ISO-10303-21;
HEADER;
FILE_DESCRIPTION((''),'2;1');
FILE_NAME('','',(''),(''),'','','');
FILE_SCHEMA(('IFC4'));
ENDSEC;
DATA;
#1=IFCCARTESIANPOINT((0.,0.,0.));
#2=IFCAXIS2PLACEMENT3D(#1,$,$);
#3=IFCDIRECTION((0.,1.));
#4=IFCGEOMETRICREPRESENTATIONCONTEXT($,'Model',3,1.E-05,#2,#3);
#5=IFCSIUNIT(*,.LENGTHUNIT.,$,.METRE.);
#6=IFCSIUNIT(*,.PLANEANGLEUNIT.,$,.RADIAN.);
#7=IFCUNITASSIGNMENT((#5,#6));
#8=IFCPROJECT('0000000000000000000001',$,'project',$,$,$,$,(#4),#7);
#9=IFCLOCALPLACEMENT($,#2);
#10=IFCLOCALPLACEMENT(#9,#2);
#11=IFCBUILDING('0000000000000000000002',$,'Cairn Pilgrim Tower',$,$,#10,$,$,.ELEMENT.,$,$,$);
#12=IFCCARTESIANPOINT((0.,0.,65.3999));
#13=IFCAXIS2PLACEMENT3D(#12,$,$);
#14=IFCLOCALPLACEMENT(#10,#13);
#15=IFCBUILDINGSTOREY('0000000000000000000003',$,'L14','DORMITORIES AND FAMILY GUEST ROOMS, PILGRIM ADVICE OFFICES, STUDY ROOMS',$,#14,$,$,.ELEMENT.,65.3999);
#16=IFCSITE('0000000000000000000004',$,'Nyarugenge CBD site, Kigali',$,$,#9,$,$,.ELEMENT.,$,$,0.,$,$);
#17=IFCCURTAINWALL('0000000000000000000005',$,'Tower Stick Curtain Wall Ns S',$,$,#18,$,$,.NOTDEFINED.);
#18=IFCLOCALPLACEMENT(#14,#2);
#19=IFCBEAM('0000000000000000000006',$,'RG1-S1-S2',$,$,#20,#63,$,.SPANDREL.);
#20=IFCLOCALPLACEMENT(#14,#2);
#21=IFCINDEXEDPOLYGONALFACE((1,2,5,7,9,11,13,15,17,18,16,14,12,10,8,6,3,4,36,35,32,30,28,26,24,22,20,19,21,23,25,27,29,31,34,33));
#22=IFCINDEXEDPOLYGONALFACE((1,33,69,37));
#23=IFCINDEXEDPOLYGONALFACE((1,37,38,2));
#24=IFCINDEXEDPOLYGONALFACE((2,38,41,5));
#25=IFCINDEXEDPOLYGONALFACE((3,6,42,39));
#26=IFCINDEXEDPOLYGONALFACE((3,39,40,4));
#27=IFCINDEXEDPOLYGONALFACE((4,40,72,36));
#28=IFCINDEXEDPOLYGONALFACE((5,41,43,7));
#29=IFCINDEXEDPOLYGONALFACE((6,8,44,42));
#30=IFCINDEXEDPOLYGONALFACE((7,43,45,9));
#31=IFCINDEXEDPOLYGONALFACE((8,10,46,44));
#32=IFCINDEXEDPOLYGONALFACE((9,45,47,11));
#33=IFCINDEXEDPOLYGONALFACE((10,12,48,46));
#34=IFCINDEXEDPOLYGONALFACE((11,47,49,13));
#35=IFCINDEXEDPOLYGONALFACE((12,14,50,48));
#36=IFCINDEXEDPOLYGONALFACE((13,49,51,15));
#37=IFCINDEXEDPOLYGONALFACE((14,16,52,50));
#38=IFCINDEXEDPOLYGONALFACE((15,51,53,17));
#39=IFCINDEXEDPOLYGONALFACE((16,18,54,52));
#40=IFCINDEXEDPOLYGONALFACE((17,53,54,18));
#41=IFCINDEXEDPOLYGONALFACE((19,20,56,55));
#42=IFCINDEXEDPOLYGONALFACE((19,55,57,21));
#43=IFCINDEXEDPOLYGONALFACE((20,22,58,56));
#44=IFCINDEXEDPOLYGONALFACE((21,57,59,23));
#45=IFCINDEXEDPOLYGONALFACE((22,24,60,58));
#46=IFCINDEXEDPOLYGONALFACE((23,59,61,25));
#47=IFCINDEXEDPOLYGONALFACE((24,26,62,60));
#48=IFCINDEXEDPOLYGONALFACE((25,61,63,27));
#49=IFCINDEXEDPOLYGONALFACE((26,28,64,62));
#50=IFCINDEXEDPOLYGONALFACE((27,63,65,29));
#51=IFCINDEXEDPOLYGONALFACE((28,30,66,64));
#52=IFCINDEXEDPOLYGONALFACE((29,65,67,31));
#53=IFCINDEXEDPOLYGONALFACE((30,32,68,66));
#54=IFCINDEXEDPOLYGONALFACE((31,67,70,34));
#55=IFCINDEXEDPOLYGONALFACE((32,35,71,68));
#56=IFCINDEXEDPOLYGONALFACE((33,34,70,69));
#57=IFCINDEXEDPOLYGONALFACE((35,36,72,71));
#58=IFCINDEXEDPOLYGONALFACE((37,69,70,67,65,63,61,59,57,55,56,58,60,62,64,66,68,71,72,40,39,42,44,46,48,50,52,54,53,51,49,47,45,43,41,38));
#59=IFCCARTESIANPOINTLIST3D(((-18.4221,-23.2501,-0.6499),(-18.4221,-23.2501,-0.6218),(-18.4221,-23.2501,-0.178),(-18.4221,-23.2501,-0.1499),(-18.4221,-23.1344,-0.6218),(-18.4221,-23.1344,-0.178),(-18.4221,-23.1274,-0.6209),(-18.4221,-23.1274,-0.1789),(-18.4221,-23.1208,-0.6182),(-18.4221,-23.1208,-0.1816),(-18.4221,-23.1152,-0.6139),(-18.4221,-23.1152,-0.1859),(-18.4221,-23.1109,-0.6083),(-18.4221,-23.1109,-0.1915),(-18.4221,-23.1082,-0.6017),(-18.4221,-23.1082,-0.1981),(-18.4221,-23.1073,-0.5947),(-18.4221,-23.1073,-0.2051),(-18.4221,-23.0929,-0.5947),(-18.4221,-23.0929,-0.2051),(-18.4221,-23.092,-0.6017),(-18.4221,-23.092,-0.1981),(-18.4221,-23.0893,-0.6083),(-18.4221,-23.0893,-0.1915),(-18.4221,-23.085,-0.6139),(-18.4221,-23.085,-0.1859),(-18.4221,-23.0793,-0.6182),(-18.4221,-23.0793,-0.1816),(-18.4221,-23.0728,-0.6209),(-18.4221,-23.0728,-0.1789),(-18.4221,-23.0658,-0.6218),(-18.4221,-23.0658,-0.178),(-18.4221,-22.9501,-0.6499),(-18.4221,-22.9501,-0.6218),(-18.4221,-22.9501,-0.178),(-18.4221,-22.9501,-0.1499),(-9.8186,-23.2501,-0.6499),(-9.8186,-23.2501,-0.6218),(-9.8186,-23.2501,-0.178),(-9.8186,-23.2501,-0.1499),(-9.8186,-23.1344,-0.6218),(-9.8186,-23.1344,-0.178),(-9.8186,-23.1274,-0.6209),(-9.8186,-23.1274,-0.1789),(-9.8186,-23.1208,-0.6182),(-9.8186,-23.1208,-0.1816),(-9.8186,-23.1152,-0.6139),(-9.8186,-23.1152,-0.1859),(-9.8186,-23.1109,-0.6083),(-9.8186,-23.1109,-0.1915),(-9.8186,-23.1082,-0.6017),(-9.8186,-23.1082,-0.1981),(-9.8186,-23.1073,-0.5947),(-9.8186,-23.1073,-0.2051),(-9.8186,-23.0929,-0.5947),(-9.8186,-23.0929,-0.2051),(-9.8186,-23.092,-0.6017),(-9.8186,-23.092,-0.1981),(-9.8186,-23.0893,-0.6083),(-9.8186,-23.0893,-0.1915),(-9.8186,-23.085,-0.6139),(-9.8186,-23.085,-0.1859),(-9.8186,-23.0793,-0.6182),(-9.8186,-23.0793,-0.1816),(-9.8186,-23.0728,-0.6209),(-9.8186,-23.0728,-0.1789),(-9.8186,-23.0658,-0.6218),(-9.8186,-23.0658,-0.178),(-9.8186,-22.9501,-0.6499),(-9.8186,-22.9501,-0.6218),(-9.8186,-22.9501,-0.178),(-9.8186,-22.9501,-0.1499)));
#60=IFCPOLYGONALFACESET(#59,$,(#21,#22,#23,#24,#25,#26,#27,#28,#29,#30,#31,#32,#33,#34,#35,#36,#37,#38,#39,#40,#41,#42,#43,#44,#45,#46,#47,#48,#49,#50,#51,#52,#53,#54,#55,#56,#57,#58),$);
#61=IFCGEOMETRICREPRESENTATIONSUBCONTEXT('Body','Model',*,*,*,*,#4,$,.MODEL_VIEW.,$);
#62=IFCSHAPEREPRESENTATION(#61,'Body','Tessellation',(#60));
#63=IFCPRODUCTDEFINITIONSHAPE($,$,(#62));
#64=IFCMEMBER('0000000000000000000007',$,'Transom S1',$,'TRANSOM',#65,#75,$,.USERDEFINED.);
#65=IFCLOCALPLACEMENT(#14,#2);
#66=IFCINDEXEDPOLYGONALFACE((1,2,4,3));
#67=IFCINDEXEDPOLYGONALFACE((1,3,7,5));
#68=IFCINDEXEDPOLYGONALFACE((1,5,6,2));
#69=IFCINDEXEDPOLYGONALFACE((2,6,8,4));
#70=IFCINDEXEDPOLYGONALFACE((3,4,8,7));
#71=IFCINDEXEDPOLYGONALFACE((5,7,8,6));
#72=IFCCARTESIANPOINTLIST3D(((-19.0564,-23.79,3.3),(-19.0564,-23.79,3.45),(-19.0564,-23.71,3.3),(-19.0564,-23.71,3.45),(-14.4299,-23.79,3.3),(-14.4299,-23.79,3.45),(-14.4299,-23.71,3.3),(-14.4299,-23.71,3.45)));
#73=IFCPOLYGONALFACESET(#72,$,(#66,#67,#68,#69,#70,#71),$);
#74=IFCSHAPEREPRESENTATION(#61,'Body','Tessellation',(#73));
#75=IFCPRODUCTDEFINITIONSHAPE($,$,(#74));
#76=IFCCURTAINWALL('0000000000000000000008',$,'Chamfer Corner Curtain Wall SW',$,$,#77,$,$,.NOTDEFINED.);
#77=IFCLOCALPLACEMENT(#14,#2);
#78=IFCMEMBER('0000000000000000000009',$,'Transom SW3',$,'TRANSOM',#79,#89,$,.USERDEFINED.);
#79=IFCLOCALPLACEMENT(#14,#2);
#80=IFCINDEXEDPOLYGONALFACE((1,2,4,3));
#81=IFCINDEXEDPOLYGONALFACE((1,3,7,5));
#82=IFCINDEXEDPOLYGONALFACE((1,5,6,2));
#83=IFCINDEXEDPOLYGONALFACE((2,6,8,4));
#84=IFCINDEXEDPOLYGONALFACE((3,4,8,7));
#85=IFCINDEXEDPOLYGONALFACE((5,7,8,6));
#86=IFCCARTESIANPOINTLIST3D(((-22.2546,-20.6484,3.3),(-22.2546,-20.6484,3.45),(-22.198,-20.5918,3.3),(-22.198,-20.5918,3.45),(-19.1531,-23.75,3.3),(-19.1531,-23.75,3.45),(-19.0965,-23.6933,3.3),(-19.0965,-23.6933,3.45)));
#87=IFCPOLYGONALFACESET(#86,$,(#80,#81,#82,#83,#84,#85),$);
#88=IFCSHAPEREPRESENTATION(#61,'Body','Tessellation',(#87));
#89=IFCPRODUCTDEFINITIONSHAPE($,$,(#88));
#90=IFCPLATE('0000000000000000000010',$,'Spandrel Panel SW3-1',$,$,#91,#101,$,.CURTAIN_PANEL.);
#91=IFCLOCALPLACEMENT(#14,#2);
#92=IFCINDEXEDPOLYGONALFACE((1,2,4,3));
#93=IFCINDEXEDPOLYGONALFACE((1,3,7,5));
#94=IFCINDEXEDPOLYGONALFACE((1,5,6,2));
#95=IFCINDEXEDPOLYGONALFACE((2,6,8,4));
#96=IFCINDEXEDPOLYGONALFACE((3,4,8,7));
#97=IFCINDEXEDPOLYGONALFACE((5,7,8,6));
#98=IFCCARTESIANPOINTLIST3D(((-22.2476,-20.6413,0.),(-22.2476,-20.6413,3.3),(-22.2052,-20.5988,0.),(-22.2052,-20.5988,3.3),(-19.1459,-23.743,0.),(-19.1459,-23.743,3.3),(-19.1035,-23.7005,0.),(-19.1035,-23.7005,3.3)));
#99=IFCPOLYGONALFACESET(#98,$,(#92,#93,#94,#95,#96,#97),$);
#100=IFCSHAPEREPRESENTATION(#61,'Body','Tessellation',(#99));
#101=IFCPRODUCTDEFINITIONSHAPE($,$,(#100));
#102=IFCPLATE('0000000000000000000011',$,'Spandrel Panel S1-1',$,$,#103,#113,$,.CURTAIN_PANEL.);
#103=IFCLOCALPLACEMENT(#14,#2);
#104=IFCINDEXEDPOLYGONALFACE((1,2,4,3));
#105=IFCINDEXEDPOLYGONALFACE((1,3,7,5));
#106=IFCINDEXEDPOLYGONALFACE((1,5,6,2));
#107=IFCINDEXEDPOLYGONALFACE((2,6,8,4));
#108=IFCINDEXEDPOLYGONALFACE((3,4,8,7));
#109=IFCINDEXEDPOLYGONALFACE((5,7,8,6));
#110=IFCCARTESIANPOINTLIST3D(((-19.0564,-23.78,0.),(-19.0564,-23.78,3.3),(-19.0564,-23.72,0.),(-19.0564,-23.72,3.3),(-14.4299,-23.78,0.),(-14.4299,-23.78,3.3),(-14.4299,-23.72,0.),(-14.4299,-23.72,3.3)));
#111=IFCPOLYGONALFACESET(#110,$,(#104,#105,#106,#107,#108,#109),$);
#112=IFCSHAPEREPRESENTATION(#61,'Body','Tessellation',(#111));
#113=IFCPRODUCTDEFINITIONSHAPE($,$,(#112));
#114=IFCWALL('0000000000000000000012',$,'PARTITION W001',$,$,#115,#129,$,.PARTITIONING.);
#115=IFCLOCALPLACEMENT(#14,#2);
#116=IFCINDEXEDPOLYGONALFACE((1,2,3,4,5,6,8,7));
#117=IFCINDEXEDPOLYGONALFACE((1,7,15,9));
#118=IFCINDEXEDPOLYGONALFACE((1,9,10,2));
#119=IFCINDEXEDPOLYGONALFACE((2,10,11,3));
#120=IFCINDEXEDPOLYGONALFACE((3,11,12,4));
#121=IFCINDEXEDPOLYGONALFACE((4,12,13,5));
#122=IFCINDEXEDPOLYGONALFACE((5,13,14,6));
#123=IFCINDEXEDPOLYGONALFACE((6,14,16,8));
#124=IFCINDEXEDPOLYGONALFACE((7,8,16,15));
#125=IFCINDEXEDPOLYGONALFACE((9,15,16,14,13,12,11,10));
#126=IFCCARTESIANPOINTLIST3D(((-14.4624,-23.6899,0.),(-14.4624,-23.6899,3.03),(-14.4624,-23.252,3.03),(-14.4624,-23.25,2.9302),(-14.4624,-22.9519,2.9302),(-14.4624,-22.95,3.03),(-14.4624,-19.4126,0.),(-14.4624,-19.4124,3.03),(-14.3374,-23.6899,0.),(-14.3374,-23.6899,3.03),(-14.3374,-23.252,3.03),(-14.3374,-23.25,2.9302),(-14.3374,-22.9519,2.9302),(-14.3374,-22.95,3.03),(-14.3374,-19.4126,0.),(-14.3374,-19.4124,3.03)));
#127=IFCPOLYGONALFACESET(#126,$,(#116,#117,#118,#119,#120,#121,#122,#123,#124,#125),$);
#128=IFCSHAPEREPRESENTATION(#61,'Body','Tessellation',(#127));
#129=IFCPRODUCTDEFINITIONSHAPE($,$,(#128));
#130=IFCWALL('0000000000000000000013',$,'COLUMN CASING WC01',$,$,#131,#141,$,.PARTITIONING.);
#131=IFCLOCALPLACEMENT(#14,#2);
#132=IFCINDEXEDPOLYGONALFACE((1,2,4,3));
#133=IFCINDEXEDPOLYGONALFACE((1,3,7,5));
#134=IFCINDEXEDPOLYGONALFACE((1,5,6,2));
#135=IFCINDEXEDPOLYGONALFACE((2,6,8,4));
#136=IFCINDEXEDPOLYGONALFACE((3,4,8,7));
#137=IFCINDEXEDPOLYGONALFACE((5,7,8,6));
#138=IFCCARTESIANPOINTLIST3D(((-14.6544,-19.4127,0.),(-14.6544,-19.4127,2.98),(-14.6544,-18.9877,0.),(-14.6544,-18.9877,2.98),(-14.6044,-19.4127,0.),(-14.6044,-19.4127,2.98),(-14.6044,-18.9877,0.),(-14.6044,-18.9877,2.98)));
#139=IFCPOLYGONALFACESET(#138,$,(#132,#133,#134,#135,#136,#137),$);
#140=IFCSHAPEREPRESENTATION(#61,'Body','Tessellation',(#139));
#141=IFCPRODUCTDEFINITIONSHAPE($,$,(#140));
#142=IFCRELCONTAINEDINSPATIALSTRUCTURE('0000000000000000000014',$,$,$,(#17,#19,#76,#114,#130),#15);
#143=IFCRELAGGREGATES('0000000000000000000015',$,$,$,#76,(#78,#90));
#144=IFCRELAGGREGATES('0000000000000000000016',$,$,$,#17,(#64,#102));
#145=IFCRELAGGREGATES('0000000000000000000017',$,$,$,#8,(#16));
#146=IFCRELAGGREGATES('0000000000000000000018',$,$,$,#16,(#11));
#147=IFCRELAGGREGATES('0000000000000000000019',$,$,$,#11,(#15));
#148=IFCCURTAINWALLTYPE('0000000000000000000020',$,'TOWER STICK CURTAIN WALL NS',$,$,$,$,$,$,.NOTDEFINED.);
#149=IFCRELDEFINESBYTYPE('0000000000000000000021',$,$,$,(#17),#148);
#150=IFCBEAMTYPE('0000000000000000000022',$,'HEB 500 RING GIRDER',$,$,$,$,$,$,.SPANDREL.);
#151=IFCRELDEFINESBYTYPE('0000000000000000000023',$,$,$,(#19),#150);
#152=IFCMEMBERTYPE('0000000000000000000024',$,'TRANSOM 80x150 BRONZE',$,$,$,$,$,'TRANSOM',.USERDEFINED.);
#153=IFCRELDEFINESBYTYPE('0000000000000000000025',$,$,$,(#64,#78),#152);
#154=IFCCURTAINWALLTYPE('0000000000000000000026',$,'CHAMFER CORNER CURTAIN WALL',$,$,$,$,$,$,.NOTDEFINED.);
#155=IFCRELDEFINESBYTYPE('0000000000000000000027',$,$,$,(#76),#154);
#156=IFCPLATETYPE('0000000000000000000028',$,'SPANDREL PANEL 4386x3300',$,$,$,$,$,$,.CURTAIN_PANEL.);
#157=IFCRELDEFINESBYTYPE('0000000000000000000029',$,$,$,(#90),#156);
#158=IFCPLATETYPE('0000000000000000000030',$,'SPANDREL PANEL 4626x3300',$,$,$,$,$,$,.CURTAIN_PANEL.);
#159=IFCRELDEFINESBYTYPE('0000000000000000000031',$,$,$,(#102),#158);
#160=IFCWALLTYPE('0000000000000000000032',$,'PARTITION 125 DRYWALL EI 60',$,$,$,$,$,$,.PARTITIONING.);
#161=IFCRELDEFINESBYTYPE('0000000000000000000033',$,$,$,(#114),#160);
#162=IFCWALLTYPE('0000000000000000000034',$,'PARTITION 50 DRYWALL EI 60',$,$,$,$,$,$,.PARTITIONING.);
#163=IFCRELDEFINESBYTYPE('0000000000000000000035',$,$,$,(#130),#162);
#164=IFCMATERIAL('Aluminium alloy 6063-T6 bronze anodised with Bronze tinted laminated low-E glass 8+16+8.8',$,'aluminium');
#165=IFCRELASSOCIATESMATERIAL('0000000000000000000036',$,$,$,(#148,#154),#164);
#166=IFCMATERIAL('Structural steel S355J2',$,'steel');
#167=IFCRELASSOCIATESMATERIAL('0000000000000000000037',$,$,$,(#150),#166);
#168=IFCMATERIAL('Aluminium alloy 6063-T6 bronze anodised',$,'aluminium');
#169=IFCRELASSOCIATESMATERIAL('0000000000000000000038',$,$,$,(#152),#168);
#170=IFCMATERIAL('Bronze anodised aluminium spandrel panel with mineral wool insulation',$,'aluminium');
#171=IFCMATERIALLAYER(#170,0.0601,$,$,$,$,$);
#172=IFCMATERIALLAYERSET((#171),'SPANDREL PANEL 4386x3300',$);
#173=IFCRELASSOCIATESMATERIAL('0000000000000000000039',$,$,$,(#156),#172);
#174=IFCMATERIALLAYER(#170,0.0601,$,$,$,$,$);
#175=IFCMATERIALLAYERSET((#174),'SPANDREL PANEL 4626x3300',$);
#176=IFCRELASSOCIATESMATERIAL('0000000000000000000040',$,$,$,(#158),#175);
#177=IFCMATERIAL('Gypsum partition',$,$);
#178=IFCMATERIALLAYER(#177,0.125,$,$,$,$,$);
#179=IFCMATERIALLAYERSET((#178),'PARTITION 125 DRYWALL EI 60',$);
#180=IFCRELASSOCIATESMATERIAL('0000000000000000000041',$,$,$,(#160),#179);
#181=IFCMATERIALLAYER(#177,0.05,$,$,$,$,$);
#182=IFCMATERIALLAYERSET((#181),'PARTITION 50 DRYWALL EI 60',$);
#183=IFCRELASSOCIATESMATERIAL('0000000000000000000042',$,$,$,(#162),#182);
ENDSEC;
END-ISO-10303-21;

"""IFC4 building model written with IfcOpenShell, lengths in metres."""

from ifc_helpers import new_model, si_unit, direction, frame, frame_2d, origin, origin_2d, place, context, subcontext, project, spatial, polyline, rectangle, i_section, outline, extrude, material, layer, layer_set, material_profile, profile_set, type_object, element, aggregate, save


model = new_model("IFC4")

# Units and contexts
model_context = context("Model", 3, precision=1e-05, world=origin(), true_north=direction((0.0, 1.0)))
body_context = subcontext(model_context, "Body", "Model", "MODEL_VIEW")
ifc_project = project(units=[si_unit("LENGTHUNIT", "METRE"), si_unit("PLANEANGLEUNIT", "RADIAN")], contexts=[model_context])

# Site, building, storey
site_placement = place(None, origin())
site = spatial("IfcSite", under=ifc_project, at=site_placement, Name="Nyarugenge CBD site, Kigali", CompositionType="ELEMENT", RefElevation=0.0)
building_placement = place(site_placement, origin())
building = spatial("IfcBuilding", under=site, at=building_placement, Name="Cairn Pilgrim Tower", CompositionType="ELEMENT")
storey_placement = place(building_placement, frame((0.0, 0.0, 65.3999)))
storey = spatial("IfcBuildingStorey", under=building, at=storey_placement, Name="L14", Description="DORMITORIES AND FAMILY GUEST ROOMS, PILGRIM ADVICE OFFICES, STUDY ROOMS", CompositionType="ELEMENT", Elevation=65.3999)

# Shared definitions
ifc_material_1 = material(Name="Structural steel S355J2", Category="steel")

# Curtain wall
ifc_material_2 = material(Name="Aluminium alloy 6063-T6 bronze anodised with Bronze tinted laminated low-E glass 8+16+8.8", Category="aluminium")
curtain_wall_type_1 = type_object("IfcCurtainWallType", Name="TOWER STICK CURTAIN WALL NS", PredefinedType="NOTDEFINED", material=ifc_material_2)
curtain_wall_1_placement = place(storey_placement, origin())
curtain_wall_1 = element("IfcCurtainWall", 1, at=curtain_wall_1_placement, inside=storey, type_object=curtain_wall_type_1, Name="Tower Stick Curtain Wall Ns S", PredefinedType="NOTDEFINED")
ifc_material_3 = material(Name="Aluminium alloy 6063-T6 bronze anodised", Category="aluminium")

# Beam
ifc_material_profile_1 = material_profile(ifc_material_1, i_section(OverallWidth=0.3, OverallDepth=0.5, WebThickness=0.0144, FlangeThickness=0.0281, FilletRadius=0.0271, at=origin_2d()), Name="HEB 500")
ifc_profile_set_1 = profile_set([ifc_material_profile_1], Name="Structural steel S355J2")
beam_type_1 = type_object("IfcBeamType", Name="HEB 500 RING GIRDER", PredefinedType="SPANDREL", material=ifc_profile_set_1)
beam_1_placement = place(storey_placement, frame((-18.4221, -23.1001, -0.3999), z_axis=(1.0, 0.0, 0.0), x_axis=(0.0, 1.0, 0.0)))
element("IfcBeam", 2, at=beam_1_placement, inside=storey, type_object=beam_type_1, Name="RG1-S1-S2", PredefinedType="SPANDREL", context=body_context, shape_type="SweptSolid", body=[
    extrude(i_section(OverallWidth=0.3, OverallDepth=0.5, WebThickness=0.0144, FlangeThickness=0.0281, FilletRadius=0.0271, at=origin_2d()), origin(), (0.0, 0.0, 1.0), 8.6035),
])

# Member
ifc_material_profile_2 = material_profile(ifc_material_3, rectangle(XDim=0.0801, YDim=0.1499, at=origin_2d()), Name="TRANSOM 80x150 BRONZE")
ifc_profile_set_2 = profile_set([ifc_material_profile_2], Name="Aluminium alloy 6063-T6 bronze anodised")
member_type_1 = type_object("IfcMemberType", Name="TRANSOM 80x150 BRONZE", ElementType="TRANSOM", PredefinedType="USERDEFINED", material=ifc_profile_set_2)
member_1_placement = place(storey_placement, frame((-19.0564, -23.75, 3.375), z_axis=(1.0, 0.0, 0.0), x_axis=(0.0, 1.0, 0.0)))
member_1 = element("IfcMember", 3, at=member_1_placement, type_object=member_type_1, Name="Transom S1", ObjectType="TRANSOM", PredefinedType="USERDEFINED", context=body_context, shape_type="SweptSolid", body=[
    extrude(rectangle(XDim=0.0801, YDim=0.1499, at=origin_2d()), origin(), (0.0, 0.0, 1.0), 4.6265),
])

# Curtain wall, member, plate
curtain_wall_type_2 = type_object("IfcCurtainWallType", Name="CHAMFER CORNER CURTAIN WALL", PredefinedType="NOTDEFINED", material=ifc_material_2)
curtain_wall_2_placement = place(storey_placement, origin())
curtain_wall_2 = element("IfcCurtainWall", 4, at=curtain_wall_2_placement, inside=storey, type_object=curtain_wall_type_2, Name="Chamfer Corner Curtain Wall SW", PredefinedType="NOTDEFINED")
member_2_placement = place(storey_placement, frame((-22.2263, -20.6201, 3.375), z_axis=(0.707107, -0.707107, 0.0), x_axis=(0.707107, 0.707107, 0.0)))
member_2 = element("IfcMember", 5, at=member_2_placement, type_object=member_type_1, Name="Transom SW3", ObjectType="TRANSOM", PredefinedType="USERDEFINED", context=body_context, shape_type="SweptSolid", body=[
    extrude(rectangle(XDim=0.0801, YDim=0.1499, at=origin_2d()), origin(), (0.0, 0.0, 1.0), 4.3862),
])
ifc_material_4 = material(Name="Bronze anodised aluminium spandrel panel with mineral wool insulation", Category="aluminium")
ifc_layer_1 = layer(ifc_material_4, 0.0601)
ifc_layer_set_1 = layer_set([ifc_layer_1], Name="SPANDREL PANEL 4386x3300")
plate_type_1 = type_object("IfcPlateType", Name="SPANDREL PANEL 4386x3300", PredefinedType="CURTAIN_PANEL", material=ifc_layer_set_1)
plate_1_placement = place(storey_placement, frame((-20.6755, -22.1709, 0.0), z_axis=(0.0, 0.0, 1.0), x_axis=(0.707107, -0.707107, 0.0)))
plate_1 = element("IfcPlate", 6, at=plate_1_placement, type_object=plate_type_1, Name="Spandrel Panel SW3-1", PredefinedType="CURTAIN_PANEL", context=body_context, shape_type="SweptSolid", body=[
    extrude(rectangle(XDim=4.3865, YDim=0.0601, at=origin_2d()), origin(), (0.0, 0.0, 1.0), 3.3),
])
aggregate(curtain_wall_2, [member_2, plate_1])

# Plate
ifc_layer_2 = layer(ifc_material_4, 0.0601)
ifc_layer_set_2 = layer_set([ifc_layer_2], Name="SPANDREL PANEL 4626x3300")
plate_type_2 = type_object("IfcPlateType", Name="SPANDREL PANEL 4626x3300", PredefinedType="CURTAIN_PANEL", material=ifc_layer_set_2)
plate_2_placement = place(storey_placement, frame((-16.7432, -23.75, 0.0), z_axis=(0.0, 0.0, 1.0), x_axis=(1.0, 0.0, 0.0)))
plate_2 = element("IfcPlate", 7, at=plate_2_placement, type_object=plate_type_2, Name="Spandrel Panel S1-1", PredefinedType="CURTAIN_PANEL", context=body_context, shape_type="SweptSolid", body=[
    extrude(rectangle(XDim=4.6265, YDim=0.0601, at=origin_2d()), origin(), (0.0, 0.0, 1.0), 3.3),
])
aggregate(curtain_wall_1, [member_1, plate_2])

# Walls
ifc_material_5 = material(Name="Gypsum partition")
ifc_layer_3 = layer(ifc_material_5, 0.125)
ifc_layer_set_3 = layer_set([ifc_layer_3], Name="PARTITION 125 DRYWALL EI 60")
wall_type_1 = type_object("IfcWallType", Name="PARTITION 125 DRYWALL EI 60", PredefinedType="PARTITIONING", material=ifc_layer_set_3)
wall_1_placement = place(storey_placement, frame((-14.3999, -23.6899, 0.0), z_axis=(0.0, 0.0, 1.0), x_axis=(0.0, 1.0, 0.0)))
element("IfcWall", 8, at=wall_1_placement, inside=storey, type_object=wall_type_1, Name="PARTITION W001", PredefinedType="PARTITIONING", context=body_context, shape_type="SweptSolid", body=[
    extrude(outline(polyline([(0.0, 0.0), (4.2773, 0.0), (4.2776, 3.03), (0.74, 3.03), (0.738, 2.9302), (0.4399, 2.9302), (0.438, 3.03), (0.0, 3.03), (0.0, 0.0)])), frame((0.0, 0.0625, 0.0), z_axis=(0.0, -1.0, 0.0), x_axis=(1.0, 0.0, 0.0)), (0.0, 0.0, 1.0), 0.125),
])
ifc_layer_4 = layer(ifc_material_5, 0.05)
ifc_layer_set_4 = layer_set([ifc_layer_4], Name="PARTITION 50 DRYWALL EI 60")
wall_type_2 = type_object("IfcWallType", Name="PARTITION 50 DRYWALL EI 60", PredefinedType="PARTITIONING", material=ifc_layer_set_4)
wall_2_placement = place(storey_placement, frame((-14.6294, -19.4126, 0.0), z_axis=(0.0, 0.0, 1.0), x_axis=(0.0, 1.0, 0.0)))
element("IfcWall", 9, at=wall_2_placement, inside=storey, type_object=wall_type_2, Name="COLUMN CASING WC01", PredefinedType="PARTITIONING", context=body_context, shape_type="SweptSolid", body=[
    extrude(rectangle(XDim=0.425, YDim=0.05, at=frame_2d((0.2124, 0.0))), origin(), (0.0, 0.0, 1.0), 2.98),
])

save(model, "model.ifc")
